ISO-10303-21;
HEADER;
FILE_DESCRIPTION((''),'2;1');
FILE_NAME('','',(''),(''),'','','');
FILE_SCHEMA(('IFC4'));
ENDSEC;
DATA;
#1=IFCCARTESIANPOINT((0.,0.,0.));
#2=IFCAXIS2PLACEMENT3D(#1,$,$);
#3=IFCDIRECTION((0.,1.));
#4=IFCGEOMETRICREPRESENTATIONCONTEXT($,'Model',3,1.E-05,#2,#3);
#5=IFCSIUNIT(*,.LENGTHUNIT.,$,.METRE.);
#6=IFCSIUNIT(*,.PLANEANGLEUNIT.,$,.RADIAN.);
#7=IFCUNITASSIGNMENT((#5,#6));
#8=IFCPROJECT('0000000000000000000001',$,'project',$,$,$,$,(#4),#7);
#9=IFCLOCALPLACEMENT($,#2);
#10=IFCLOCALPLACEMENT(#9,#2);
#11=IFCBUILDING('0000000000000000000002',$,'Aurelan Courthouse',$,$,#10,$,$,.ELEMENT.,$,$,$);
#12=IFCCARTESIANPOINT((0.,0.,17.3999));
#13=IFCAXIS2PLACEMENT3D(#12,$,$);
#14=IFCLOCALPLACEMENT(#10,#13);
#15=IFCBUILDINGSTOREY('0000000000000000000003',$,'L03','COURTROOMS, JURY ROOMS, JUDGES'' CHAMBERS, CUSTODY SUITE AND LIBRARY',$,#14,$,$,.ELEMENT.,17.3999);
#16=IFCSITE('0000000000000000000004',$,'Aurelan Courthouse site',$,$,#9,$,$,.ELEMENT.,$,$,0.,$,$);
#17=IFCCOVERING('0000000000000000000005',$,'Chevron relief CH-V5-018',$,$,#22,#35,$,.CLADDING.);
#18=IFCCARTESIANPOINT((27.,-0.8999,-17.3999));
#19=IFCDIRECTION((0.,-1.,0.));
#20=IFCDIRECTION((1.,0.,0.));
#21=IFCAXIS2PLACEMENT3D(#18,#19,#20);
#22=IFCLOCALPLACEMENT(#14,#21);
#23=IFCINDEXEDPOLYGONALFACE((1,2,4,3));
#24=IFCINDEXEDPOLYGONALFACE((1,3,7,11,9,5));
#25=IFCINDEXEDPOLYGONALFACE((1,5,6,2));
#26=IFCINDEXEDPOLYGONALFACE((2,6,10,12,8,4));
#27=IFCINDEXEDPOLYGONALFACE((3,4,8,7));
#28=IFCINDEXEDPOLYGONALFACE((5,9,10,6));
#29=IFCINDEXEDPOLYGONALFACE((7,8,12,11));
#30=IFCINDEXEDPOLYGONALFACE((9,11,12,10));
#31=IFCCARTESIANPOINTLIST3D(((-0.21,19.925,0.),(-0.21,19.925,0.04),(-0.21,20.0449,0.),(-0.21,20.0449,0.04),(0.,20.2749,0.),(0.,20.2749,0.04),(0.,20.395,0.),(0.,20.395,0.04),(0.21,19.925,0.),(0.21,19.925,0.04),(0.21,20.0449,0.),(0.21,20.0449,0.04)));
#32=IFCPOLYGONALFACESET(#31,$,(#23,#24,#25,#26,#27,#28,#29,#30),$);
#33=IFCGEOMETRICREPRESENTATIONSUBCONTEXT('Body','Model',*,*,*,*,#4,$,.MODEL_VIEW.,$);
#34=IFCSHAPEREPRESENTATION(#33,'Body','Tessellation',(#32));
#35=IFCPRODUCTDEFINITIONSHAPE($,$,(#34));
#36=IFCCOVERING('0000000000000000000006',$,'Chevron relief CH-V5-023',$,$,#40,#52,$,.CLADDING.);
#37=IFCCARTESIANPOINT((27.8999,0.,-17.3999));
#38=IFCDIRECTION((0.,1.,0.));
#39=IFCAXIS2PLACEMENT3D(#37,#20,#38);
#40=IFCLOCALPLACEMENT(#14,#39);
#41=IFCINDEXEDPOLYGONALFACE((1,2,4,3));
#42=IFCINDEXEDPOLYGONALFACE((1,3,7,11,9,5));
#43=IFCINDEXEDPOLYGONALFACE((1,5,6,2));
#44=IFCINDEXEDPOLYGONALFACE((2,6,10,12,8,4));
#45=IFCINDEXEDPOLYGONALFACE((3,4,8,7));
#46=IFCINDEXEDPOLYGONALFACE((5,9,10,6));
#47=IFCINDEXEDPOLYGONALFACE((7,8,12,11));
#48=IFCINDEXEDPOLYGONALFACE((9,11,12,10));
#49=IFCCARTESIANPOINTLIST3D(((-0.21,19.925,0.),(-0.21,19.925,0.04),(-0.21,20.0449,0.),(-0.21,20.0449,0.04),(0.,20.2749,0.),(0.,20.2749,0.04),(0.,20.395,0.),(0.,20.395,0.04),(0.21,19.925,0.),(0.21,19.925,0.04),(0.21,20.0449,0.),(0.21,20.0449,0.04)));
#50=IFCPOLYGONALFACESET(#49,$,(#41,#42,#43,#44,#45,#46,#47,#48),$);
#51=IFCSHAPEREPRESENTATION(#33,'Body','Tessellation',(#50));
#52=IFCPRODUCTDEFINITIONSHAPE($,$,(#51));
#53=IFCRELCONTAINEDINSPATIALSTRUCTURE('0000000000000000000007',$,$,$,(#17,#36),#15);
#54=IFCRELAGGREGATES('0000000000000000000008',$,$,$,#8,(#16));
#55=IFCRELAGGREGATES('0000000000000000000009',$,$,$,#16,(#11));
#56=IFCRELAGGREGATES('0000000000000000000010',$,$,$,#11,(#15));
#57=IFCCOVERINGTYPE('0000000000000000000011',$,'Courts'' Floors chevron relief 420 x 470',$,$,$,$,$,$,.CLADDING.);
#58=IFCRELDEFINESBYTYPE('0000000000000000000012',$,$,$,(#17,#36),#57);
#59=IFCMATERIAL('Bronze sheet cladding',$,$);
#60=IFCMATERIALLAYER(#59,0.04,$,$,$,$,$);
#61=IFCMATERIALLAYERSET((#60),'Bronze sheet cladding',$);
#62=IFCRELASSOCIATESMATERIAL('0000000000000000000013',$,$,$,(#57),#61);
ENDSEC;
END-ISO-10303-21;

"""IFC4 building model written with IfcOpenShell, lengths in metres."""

from ifc_helpers import new_model, si_unit, direction, frame, origin, place, context, subcontext, project, spatial, polyline, outline, extrude, material, layer, layer_set, type_object, element, save


model = new_model("IFC4")

# Units and contexts
model_context = context("Model", 3, precision=1e-05, world=origin(), true_north=direction((0.0, 1.0)))
body_context = subcontext(model_context, "Body", "Model", "MODEL_VIEW")
ifc_project = project(units=[si_unit("LENGTHUNIT", "METRE"), si_unit("PLANEANGLEUNIT", "RADIAN")], contexts=[model_context])

# Site, building, storey
site_placement = place(None, origin())
site = spatial("IfcSite", under=ifc_project, at=site_placement, Name="Aurelan Courthouse site", CompositionType="ELEMENT", RefElevation=0.0)
building_placement = place(site_placement, origin())
building = spatial("IfcBuilding", under=site, at=building_placement, Name="Aurelan Courthouse", CompositionType="ELEMENT")
storey_placement = place(building_placement, frame((0.0, 0.0, 17.3999)))
storey = spatial("IfcBuildingStorey", under=building, at=storey_placement, Name="L03", Description="COURTROOMS, JURY ROOMS, JUDGES' CHAMBERS, CUSTODY SUITE AND LIBRARY", CompositionType="ELEMENT", Elevation=17.3999)

# Coverings
ifc_material_1 = material(Name="Bronze sheet cladding")
ifc_layer_1 = layer(ifc_material_1, 0.04)
ifc_layer_set_1 = layer_set([ifc_layer_1], Name="Bronze sheet cladding")
covering_type_1 = type_object("IfcCoveringType", Name="Courts' Floors chevron relief 420 x 470", PredefinedType="CLADDING", material=ifc_layer_set_1)
for number, where, z_axis, x_axis, name in (
    (1, (27.0, -0.8999, -17.3999), (0.0, -1.0, 0.0), (1.0, 0.0, 0.0), "Chevron relief CH-V5-018"),
    (2, (27.8999, 0.0, -17.3999), (1.0, 0.0, 0.0), (0.0, 1.0, 0.0), "Chevron relief CH-V5-023"),
):
    element("IfcCovering", number, at=place(storey_placement, frame(where, z_axis=z_axis, x_axis=x_axis)), inside=storey, type_object=covering_type_1, Name=name, PredefinedType="CLADDING", context=body_context, shape_type="SweptSolid", body=[
        extrude(outline(polyline([(-0.21, 19.925), (0.0, 20.2749), (0.21, 19.925), (0.21, 20.0449), (0.0, 20.395), (-0.21, 20.0449), (-0.21, 19.925)])), origin(), (0.0, 0.0, 1.0), 0.04),
    ])

save(model, "model.ifc")
